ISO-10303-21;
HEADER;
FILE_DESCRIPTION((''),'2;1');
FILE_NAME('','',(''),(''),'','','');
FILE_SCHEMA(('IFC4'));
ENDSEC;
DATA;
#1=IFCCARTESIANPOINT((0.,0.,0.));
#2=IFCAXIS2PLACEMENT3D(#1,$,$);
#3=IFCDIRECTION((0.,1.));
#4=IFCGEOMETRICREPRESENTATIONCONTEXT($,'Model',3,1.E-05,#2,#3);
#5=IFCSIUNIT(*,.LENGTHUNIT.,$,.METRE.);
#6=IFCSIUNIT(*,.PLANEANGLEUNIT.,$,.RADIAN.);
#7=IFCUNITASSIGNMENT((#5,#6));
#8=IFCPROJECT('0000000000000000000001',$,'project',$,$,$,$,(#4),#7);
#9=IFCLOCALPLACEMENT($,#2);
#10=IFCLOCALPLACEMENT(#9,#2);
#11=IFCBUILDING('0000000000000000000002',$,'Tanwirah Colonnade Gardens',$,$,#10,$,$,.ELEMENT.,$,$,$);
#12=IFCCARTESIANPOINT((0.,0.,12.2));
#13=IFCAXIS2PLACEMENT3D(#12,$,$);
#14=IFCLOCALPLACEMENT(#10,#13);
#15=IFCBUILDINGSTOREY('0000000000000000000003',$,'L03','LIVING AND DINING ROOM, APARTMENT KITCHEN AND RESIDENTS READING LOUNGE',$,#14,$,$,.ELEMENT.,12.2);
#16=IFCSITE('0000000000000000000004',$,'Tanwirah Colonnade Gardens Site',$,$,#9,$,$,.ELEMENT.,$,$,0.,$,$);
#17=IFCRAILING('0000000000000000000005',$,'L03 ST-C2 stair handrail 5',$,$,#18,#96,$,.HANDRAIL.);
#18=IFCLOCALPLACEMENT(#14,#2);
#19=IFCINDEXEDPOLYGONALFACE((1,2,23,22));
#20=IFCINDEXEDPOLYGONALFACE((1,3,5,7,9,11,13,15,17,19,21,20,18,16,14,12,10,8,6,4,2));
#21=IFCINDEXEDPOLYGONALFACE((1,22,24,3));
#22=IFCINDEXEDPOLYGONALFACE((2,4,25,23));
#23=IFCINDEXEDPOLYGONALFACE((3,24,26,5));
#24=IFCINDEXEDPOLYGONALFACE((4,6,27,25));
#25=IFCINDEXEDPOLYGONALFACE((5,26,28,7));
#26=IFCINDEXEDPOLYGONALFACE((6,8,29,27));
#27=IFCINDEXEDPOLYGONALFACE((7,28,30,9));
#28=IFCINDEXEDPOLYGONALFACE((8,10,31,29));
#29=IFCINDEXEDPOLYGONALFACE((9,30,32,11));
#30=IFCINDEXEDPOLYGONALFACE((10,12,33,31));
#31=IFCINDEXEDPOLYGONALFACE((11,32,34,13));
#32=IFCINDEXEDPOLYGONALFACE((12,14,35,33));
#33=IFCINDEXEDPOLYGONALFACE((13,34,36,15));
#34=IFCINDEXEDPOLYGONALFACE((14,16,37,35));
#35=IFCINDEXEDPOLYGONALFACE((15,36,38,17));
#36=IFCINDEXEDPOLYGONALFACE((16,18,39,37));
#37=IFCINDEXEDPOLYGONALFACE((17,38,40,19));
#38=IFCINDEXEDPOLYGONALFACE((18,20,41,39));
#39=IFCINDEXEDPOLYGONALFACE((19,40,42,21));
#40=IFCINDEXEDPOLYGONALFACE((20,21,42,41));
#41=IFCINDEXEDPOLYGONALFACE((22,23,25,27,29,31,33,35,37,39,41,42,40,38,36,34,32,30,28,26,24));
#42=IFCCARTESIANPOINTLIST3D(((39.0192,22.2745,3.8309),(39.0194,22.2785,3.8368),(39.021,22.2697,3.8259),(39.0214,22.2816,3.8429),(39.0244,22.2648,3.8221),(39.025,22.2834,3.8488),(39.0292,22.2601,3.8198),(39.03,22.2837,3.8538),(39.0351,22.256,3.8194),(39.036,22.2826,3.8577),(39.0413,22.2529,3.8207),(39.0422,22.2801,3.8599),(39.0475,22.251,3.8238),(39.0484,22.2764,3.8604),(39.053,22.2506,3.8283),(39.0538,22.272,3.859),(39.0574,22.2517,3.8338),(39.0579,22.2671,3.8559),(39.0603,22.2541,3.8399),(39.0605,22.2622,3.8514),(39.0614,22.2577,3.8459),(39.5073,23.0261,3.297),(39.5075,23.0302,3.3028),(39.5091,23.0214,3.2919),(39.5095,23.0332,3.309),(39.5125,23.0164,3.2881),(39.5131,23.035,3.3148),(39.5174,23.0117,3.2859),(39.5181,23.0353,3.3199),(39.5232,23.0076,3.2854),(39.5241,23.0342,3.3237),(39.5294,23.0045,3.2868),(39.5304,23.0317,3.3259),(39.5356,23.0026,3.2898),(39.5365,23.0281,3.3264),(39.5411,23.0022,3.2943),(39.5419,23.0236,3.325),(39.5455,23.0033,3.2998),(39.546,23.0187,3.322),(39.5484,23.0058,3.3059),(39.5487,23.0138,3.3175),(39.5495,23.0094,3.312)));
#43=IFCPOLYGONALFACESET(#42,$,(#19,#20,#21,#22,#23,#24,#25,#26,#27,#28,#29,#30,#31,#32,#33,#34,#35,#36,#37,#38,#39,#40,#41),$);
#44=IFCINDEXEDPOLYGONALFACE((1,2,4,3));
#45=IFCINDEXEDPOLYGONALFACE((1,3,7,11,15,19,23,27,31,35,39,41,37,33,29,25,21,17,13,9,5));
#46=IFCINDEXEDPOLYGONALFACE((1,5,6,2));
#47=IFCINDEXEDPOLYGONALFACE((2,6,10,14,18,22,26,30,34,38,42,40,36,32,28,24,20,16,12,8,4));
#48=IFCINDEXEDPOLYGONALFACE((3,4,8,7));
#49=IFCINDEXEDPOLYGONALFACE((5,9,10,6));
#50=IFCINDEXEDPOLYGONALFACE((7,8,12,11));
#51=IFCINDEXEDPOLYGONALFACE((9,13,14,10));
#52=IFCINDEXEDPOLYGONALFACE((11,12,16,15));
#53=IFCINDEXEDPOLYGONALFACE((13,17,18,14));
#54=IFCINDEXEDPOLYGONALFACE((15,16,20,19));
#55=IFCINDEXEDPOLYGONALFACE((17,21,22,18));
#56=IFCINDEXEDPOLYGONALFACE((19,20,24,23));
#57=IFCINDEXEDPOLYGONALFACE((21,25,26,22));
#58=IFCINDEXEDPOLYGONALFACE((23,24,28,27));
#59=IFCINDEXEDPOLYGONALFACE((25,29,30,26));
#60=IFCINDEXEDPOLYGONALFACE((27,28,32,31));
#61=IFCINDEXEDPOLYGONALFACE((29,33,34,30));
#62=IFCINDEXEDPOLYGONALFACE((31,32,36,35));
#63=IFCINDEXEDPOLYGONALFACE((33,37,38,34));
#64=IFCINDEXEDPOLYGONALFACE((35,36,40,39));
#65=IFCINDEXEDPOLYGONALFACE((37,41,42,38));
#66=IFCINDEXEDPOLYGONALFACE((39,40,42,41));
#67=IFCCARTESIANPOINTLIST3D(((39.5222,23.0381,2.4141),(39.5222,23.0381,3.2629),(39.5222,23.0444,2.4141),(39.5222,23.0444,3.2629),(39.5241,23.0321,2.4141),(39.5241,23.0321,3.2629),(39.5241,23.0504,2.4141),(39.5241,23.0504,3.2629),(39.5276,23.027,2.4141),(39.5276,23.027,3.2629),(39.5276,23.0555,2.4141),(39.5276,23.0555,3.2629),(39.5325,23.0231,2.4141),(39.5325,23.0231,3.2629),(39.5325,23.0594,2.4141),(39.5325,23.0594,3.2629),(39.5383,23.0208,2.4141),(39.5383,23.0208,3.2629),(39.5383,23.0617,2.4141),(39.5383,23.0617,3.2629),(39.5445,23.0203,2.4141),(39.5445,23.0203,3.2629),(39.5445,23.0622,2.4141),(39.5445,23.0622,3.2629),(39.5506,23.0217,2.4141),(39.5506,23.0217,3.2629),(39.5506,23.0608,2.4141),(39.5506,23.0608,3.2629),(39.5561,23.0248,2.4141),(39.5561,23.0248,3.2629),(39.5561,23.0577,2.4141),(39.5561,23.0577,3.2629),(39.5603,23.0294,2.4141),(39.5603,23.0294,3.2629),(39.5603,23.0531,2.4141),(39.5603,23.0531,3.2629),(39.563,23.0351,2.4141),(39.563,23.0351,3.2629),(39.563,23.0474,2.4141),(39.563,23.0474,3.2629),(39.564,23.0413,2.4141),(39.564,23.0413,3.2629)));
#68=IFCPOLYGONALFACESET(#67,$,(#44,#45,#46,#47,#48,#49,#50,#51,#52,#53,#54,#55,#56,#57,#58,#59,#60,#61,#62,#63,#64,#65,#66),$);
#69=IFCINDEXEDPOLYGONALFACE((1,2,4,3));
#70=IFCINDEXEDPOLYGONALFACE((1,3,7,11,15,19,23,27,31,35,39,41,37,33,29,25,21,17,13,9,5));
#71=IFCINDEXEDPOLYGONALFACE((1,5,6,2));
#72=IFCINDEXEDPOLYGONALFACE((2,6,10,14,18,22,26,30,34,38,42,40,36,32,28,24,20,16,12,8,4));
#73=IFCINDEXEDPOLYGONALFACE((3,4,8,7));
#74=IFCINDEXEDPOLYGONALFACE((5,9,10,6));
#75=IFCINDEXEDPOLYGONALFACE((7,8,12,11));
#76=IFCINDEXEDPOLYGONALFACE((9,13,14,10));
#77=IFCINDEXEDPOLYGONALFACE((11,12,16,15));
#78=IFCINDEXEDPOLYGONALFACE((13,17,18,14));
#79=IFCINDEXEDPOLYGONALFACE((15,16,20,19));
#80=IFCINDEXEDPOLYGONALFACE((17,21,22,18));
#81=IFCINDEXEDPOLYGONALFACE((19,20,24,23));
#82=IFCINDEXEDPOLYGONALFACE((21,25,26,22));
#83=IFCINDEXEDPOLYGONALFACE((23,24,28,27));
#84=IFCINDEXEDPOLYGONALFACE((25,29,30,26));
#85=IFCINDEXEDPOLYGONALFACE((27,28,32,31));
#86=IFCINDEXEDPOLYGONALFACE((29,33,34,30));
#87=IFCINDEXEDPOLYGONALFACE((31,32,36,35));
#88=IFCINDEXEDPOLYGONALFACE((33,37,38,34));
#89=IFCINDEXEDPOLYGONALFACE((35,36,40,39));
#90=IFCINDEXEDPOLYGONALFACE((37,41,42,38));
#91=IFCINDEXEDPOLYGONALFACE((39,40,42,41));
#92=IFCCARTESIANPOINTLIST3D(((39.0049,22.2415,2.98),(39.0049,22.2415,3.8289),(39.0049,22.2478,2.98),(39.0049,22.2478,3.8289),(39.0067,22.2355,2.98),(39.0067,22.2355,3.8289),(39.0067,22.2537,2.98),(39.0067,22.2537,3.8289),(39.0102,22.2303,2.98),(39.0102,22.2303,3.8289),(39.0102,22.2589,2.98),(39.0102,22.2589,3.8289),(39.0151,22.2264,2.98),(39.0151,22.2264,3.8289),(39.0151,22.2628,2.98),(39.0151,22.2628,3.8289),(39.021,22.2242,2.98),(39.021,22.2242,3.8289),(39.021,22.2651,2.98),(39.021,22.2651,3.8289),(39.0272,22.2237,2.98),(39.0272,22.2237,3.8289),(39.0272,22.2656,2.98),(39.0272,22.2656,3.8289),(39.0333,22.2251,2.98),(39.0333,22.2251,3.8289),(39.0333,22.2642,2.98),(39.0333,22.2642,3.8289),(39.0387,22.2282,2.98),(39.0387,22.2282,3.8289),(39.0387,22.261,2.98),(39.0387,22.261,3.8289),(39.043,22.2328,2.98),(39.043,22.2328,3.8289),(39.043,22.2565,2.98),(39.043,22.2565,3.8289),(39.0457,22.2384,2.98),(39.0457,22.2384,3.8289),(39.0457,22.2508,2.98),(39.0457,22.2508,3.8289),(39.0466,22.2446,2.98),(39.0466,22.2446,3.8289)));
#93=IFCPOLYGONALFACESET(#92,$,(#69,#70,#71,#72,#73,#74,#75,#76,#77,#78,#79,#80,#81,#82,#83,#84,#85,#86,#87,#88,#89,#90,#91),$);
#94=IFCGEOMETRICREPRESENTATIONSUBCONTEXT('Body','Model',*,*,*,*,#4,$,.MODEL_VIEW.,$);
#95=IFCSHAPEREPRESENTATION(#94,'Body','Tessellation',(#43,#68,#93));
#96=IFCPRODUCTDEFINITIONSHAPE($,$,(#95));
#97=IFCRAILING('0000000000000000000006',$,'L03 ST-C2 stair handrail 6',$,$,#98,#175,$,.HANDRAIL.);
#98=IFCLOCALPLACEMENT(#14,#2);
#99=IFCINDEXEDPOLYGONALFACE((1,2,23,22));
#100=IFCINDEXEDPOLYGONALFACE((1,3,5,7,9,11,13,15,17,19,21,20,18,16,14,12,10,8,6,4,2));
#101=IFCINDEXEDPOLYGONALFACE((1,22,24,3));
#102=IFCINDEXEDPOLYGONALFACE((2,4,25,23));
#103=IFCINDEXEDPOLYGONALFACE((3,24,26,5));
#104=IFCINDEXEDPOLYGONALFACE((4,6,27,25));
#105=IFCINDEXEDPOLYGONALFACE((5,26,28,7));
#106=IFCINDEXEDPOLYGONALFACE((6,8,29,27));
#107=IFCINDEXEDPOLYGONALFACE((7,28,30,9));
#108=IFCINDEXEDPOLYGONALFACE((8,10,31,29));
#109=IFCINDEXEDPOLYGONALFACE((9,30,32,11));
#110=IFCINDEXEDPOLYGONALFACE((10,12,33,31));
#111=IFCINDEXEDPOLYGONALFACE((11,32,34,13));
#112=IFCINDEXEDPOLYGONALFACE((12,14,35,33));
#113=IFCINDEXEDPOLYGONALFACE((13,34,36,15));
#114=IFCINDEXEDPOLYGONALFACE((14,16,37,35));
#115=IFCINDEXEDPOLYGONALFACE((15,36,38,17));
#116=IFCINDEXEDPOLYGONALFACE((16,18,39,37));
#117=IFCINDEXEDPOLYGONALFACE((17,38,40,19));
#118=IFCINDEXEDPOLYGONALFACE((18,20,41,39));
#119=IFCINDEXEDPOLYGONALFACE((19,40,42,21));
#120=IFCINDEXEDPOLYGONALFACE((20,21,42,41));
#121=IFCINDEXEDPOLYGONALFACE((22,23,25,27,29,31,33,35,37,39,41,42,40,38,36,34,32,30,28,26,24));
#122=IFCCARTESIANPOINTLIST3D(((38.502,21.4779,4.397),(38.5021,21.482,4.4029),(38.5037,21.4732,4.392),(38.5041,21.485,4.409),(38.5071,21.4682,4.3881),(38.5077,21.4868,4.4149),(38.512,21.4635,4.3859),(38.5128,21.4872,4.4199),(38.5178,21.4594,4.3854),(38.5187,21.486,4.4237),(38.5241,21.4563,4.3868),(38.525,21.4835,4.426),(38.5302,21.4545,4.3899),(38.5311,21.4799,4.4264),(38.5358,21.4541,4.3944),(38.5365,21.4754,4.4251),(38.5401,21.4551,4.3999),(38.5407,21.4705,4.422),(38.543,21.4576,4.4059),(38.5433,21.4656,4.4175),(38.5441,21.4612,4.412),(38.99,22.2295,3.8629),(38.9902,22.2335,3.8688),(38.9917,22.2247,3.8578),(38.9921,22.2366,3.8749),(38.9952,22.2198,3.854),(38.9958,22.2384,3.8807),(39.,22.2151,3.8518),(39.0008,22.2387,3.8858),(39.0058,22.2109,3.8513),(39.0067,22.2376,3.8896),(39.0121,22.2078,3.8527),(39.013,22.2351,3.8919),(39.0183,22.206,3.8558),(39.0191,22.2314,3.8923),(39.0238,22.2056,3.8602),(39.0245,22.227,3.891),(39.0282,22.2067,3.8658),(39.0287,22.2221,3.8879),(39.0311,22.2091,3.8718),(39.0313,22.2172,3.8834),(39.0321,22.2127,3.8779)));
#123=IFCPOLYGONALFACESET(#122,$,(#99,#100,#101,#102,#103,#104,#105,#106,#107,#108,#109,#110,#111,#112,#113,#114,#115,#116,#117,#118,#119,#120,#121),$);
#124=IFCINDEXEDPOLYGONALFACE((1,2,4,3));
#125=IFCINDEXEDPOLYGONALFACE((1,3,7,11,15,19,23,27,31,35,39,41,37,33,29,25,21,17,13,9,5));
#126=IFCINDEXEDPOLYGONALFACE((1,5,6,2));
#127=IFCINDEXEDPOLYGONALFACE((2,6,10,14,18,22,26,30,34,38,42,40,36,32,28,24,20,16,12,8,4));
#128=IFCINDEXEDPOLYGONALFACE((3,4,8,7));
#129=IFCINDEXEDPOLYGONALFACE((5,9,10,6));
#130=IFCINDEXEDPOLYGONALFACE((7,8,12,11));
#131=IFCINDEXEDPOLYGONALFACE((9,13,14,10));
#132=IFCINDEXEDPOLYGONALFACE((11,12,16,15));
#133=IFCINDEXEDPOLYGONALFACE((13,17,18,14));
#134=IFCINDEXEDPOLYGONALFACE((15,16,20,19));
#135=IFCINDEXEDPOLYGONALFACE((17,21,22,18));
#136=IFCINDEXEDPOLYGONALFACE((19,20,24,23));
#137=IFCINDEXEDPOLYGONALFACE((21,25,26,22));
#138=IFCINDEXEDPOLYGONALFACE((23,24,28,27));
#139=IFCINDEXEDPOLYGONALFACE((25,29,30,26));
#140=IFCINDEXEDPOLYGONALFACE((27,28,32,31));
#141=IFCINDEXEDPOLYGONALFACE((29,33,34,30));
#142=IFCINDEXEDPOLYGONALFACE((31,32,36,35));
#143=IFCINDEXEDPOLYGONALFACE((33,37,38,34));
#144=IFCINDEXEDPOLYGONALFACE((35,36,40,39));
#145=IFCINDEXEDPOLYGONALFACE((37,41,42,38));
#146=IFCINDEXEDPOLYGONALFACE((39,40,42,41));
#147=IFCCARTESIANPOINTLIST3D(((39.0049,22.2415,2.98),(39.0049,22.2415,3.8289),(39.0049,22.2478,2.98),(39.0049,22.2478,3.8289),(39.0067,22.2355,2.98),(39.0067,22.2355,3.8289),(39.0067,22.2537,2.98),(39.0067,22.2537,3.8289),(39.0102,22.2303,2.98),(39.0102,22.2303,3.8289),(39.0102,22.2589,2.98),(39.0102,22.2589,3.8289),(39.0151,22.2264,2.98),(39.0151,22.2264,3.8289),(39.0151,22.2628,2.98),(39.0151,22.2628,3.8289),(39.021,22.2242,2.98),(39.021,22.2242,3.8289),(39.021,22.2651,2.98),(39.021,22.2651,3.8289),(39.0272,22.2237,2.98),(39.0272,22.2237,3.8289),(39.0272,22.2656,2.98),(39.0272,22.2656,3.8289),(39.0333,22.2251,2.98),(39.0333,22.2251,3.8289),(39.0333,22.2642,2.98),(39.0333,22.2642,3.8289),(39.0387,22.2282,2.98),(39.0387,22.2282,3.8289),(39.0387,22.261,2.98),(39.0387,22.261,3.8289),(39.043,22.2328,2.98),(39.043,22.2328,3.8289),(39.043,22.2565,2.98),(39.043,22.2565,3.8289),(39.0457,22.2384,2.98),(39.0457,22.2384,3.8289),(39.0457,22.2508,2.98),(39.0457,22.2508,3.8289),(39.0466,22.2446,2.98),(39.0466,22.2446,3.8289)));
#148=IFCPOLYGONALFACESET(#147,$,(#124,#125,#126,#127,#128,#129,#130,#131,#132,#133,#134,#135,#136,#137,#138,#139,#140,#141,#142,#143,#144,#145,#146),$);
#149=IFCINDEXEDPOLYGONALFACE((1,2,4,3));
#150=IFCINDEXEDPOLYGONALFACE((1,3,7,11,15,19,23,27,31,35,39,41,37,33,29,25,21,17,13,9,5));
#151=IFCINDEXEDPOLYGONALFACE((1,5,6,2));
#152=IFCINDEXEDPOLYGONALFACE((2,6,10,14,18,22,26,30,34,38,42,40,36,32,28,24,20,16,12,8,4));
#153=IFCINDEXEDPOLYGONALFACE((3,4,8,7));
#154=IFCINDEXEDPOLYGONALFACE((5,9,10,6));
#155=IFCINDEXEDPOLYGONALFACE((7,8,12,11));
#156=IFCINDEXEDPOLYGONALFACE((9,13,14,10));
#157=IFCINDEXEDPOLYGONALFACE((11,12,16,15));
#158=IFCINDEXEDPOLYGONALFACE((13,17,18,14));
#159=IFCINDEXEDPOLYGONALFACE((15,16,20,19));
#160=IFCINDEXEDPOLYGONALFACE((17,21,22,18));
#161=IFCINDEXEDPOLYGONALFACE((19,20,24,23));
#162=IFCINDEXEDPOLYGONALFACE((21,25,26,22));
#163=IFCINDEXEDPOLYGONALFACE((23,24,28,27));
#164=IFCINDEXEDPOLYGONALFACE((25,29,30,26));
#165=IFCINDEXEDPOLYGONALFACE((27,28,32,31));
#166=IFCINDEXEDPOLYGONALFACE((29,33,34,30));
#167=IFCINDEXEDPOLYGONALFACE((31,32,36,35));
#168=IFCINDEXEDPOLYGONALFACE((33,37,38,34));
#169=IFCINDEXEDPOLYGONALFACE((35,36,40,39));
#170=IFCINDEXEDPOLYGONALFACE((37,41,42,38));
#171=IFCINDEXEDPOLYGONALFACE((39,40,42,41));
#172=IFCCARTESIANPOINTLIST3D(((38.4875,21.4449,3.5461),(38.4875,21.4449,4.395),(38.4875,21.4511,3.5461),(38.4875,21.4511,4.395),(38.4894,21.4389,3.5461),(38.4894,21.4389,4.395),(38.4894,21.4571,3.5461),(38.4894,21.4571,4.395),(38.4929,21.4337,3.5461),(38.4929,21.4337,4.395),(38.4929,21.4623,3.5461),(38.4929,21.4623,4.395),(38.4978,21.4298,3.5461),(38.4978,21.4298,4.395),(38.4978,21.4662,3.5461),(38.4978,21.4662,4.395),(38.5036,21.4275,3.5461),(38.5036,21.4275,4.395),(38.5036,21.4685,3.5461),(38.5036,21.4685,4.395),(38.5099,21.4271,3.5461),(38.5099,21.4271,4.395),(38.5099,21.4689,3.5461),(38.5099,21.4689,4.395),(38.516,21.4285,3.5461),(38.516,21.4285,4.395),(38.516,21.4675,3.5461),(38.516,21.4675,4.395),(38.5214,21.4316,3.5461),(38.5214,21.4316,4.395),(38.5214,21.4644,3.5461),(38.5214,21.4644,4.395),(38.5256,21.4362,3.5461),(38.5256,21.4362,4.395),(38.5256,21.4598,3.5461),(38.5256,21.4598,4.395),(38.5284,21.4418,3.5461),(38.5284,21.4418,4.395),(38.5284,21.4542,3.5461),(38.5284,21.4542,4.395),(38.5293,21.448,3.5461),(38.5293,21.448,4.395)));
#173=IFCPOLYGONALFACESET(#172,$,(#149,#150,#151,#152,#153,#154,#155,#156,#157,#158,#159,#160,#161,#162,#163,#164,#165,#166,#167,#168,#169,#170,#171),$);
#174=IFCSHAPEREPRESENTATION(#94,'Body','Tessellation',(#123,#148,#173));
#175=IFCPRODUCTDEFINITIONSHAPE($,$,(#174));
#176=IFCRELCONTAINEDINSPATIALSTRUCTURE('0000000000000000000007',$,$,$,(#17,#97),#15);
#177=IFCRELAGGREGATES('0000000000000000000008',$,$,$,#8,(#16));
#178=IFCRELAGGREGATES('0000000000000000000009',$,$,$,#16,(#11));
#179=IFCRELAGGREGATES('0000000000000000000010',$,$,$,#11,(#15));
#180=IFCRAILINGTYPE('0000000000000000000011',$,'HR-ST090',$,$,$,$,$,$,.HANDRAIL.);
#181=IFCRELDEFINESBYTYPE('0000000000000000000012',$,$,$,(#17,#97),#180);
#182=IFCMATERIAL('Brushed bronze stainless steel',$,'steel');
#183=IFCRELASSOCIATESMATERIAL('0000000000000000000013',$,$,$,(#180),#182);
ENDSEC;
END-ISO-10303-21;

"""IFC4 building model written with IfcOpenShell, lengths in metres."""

from ifc_helpers import new_model, si_unit, direction, frame, origin, origin_2d, place, context, subcontext, project, spatial, circle, extrude, material, type_object, element, save


model = new_model("IFC4")

# Units and contexts
model_context = context("Model", 3, precision=1e-05, world=origin(), true_north=direction((0.0, 1.0)))
body_context = subcontext(model_context, "Body", "Model", "MODEL_VIEW")
ifc_project = project(units=[si_unit("LENGTHUNIT", "METRE"), si_unit("PLANEANGLEUNIT", "RADIAN")], contexts=[model_context])

# Site, building, storey
site_placement = place(None, origin())
site = spatial("IfcSite", under=ifc_project, at=site_placement, Name="Tanwirah Colonnade Gardens Site", CompositionType="ELEMENT", RefElevation=0.0)
building_placement = place(site_placement, origin())
building = spatial("IfcBuilding", under=site, at=building_placement, Name="Tanwirah Colonnade Gardens", CompositionType="ELEMENT")
storey_placement = place(building_placement, frame((0.0, 0.0, 12.2)))
storey = spatial("IfcBuildingStorey", under=building, at=storey_placement, Name="L03", Description="LIVING AND DINING ROOM, APARTMENT KITCHEN AND RESIDENTS READING LOUNGE", CompositionType="ELEMENT", Elevation=12.2)

# Railings
ifc_material_1 = material(Name="Brushed bronze stainless steel", Category="steel")
railing_type_1 = type_object("IfcRailingType", Name="HR-ST090", PredefinedType="HANDRAIL", material=ifc_material_1)
railing_1_placement = place(storey_placement, frame((39.543, 23.0413, 2.4141)))
element("IfcRailing", 1, at=railing_1_placement, inside=storey, type_object=railing_type_1, Name="L03 ST-C2 stair handrail 5", PredefinedType="HANDRAIL", context=body_context, shape_type="SweptSolid", body=[
    extrude(circle(Radius=0.0239, at=origin_2d()), frame((-0.0146, -0.0225, 0.8918), z_axis=(-0.46789, -0.720492, 0.51183), x_axis=(0.838673, -0.544636, 0.0)), (0.0, 0.0, 1.0), 1.0432),
    extrude(circle(Radius=0.021, at=origin_2d()), origin(), (0.0, 0.0, 1.0), 0.8489),
    extrude(circle(Radius=0.021, at=origin_2d()), frame((-0.5173, -0.7966, 0.5659)), (0.0, 0.0, 1.0), 0.8489),
])
railing_2_placement = place(storey_placement, frame((39.0256, 22.2446, 2.98)))
element("IfcRailing", 2, at=railing_2_placement, inside=storey, type_object=railing_type_1, Name="L03 ST-C2 stair handrail 6", PredefinedType="HANDRAIL", context=body_context, shape_type="SweptSolid", body=[
    extrude(circle(Radius=0.0239, at=origin_2d()), frame((-0.0146, -0.0225, 0.8918), z_axis=(-0.467837, -0.720411, 0.511993), x_axis=(0.838673, -0.544636, 0.0)), (0.0, 0.0, 1.0), 1.0432),
    extrude(circle(Radius=0.021, at=origin_2d()), origin(), (0.0, 0.0, 1.0), 0.8489),
    extrude(circle(Radius=0.021, at=origin_2d()), frame((-0.5173, -0.7966, 0.5662)), (0.0, 0.0, 1.0), 0.8489),
])

save(model, "model.ifc")
